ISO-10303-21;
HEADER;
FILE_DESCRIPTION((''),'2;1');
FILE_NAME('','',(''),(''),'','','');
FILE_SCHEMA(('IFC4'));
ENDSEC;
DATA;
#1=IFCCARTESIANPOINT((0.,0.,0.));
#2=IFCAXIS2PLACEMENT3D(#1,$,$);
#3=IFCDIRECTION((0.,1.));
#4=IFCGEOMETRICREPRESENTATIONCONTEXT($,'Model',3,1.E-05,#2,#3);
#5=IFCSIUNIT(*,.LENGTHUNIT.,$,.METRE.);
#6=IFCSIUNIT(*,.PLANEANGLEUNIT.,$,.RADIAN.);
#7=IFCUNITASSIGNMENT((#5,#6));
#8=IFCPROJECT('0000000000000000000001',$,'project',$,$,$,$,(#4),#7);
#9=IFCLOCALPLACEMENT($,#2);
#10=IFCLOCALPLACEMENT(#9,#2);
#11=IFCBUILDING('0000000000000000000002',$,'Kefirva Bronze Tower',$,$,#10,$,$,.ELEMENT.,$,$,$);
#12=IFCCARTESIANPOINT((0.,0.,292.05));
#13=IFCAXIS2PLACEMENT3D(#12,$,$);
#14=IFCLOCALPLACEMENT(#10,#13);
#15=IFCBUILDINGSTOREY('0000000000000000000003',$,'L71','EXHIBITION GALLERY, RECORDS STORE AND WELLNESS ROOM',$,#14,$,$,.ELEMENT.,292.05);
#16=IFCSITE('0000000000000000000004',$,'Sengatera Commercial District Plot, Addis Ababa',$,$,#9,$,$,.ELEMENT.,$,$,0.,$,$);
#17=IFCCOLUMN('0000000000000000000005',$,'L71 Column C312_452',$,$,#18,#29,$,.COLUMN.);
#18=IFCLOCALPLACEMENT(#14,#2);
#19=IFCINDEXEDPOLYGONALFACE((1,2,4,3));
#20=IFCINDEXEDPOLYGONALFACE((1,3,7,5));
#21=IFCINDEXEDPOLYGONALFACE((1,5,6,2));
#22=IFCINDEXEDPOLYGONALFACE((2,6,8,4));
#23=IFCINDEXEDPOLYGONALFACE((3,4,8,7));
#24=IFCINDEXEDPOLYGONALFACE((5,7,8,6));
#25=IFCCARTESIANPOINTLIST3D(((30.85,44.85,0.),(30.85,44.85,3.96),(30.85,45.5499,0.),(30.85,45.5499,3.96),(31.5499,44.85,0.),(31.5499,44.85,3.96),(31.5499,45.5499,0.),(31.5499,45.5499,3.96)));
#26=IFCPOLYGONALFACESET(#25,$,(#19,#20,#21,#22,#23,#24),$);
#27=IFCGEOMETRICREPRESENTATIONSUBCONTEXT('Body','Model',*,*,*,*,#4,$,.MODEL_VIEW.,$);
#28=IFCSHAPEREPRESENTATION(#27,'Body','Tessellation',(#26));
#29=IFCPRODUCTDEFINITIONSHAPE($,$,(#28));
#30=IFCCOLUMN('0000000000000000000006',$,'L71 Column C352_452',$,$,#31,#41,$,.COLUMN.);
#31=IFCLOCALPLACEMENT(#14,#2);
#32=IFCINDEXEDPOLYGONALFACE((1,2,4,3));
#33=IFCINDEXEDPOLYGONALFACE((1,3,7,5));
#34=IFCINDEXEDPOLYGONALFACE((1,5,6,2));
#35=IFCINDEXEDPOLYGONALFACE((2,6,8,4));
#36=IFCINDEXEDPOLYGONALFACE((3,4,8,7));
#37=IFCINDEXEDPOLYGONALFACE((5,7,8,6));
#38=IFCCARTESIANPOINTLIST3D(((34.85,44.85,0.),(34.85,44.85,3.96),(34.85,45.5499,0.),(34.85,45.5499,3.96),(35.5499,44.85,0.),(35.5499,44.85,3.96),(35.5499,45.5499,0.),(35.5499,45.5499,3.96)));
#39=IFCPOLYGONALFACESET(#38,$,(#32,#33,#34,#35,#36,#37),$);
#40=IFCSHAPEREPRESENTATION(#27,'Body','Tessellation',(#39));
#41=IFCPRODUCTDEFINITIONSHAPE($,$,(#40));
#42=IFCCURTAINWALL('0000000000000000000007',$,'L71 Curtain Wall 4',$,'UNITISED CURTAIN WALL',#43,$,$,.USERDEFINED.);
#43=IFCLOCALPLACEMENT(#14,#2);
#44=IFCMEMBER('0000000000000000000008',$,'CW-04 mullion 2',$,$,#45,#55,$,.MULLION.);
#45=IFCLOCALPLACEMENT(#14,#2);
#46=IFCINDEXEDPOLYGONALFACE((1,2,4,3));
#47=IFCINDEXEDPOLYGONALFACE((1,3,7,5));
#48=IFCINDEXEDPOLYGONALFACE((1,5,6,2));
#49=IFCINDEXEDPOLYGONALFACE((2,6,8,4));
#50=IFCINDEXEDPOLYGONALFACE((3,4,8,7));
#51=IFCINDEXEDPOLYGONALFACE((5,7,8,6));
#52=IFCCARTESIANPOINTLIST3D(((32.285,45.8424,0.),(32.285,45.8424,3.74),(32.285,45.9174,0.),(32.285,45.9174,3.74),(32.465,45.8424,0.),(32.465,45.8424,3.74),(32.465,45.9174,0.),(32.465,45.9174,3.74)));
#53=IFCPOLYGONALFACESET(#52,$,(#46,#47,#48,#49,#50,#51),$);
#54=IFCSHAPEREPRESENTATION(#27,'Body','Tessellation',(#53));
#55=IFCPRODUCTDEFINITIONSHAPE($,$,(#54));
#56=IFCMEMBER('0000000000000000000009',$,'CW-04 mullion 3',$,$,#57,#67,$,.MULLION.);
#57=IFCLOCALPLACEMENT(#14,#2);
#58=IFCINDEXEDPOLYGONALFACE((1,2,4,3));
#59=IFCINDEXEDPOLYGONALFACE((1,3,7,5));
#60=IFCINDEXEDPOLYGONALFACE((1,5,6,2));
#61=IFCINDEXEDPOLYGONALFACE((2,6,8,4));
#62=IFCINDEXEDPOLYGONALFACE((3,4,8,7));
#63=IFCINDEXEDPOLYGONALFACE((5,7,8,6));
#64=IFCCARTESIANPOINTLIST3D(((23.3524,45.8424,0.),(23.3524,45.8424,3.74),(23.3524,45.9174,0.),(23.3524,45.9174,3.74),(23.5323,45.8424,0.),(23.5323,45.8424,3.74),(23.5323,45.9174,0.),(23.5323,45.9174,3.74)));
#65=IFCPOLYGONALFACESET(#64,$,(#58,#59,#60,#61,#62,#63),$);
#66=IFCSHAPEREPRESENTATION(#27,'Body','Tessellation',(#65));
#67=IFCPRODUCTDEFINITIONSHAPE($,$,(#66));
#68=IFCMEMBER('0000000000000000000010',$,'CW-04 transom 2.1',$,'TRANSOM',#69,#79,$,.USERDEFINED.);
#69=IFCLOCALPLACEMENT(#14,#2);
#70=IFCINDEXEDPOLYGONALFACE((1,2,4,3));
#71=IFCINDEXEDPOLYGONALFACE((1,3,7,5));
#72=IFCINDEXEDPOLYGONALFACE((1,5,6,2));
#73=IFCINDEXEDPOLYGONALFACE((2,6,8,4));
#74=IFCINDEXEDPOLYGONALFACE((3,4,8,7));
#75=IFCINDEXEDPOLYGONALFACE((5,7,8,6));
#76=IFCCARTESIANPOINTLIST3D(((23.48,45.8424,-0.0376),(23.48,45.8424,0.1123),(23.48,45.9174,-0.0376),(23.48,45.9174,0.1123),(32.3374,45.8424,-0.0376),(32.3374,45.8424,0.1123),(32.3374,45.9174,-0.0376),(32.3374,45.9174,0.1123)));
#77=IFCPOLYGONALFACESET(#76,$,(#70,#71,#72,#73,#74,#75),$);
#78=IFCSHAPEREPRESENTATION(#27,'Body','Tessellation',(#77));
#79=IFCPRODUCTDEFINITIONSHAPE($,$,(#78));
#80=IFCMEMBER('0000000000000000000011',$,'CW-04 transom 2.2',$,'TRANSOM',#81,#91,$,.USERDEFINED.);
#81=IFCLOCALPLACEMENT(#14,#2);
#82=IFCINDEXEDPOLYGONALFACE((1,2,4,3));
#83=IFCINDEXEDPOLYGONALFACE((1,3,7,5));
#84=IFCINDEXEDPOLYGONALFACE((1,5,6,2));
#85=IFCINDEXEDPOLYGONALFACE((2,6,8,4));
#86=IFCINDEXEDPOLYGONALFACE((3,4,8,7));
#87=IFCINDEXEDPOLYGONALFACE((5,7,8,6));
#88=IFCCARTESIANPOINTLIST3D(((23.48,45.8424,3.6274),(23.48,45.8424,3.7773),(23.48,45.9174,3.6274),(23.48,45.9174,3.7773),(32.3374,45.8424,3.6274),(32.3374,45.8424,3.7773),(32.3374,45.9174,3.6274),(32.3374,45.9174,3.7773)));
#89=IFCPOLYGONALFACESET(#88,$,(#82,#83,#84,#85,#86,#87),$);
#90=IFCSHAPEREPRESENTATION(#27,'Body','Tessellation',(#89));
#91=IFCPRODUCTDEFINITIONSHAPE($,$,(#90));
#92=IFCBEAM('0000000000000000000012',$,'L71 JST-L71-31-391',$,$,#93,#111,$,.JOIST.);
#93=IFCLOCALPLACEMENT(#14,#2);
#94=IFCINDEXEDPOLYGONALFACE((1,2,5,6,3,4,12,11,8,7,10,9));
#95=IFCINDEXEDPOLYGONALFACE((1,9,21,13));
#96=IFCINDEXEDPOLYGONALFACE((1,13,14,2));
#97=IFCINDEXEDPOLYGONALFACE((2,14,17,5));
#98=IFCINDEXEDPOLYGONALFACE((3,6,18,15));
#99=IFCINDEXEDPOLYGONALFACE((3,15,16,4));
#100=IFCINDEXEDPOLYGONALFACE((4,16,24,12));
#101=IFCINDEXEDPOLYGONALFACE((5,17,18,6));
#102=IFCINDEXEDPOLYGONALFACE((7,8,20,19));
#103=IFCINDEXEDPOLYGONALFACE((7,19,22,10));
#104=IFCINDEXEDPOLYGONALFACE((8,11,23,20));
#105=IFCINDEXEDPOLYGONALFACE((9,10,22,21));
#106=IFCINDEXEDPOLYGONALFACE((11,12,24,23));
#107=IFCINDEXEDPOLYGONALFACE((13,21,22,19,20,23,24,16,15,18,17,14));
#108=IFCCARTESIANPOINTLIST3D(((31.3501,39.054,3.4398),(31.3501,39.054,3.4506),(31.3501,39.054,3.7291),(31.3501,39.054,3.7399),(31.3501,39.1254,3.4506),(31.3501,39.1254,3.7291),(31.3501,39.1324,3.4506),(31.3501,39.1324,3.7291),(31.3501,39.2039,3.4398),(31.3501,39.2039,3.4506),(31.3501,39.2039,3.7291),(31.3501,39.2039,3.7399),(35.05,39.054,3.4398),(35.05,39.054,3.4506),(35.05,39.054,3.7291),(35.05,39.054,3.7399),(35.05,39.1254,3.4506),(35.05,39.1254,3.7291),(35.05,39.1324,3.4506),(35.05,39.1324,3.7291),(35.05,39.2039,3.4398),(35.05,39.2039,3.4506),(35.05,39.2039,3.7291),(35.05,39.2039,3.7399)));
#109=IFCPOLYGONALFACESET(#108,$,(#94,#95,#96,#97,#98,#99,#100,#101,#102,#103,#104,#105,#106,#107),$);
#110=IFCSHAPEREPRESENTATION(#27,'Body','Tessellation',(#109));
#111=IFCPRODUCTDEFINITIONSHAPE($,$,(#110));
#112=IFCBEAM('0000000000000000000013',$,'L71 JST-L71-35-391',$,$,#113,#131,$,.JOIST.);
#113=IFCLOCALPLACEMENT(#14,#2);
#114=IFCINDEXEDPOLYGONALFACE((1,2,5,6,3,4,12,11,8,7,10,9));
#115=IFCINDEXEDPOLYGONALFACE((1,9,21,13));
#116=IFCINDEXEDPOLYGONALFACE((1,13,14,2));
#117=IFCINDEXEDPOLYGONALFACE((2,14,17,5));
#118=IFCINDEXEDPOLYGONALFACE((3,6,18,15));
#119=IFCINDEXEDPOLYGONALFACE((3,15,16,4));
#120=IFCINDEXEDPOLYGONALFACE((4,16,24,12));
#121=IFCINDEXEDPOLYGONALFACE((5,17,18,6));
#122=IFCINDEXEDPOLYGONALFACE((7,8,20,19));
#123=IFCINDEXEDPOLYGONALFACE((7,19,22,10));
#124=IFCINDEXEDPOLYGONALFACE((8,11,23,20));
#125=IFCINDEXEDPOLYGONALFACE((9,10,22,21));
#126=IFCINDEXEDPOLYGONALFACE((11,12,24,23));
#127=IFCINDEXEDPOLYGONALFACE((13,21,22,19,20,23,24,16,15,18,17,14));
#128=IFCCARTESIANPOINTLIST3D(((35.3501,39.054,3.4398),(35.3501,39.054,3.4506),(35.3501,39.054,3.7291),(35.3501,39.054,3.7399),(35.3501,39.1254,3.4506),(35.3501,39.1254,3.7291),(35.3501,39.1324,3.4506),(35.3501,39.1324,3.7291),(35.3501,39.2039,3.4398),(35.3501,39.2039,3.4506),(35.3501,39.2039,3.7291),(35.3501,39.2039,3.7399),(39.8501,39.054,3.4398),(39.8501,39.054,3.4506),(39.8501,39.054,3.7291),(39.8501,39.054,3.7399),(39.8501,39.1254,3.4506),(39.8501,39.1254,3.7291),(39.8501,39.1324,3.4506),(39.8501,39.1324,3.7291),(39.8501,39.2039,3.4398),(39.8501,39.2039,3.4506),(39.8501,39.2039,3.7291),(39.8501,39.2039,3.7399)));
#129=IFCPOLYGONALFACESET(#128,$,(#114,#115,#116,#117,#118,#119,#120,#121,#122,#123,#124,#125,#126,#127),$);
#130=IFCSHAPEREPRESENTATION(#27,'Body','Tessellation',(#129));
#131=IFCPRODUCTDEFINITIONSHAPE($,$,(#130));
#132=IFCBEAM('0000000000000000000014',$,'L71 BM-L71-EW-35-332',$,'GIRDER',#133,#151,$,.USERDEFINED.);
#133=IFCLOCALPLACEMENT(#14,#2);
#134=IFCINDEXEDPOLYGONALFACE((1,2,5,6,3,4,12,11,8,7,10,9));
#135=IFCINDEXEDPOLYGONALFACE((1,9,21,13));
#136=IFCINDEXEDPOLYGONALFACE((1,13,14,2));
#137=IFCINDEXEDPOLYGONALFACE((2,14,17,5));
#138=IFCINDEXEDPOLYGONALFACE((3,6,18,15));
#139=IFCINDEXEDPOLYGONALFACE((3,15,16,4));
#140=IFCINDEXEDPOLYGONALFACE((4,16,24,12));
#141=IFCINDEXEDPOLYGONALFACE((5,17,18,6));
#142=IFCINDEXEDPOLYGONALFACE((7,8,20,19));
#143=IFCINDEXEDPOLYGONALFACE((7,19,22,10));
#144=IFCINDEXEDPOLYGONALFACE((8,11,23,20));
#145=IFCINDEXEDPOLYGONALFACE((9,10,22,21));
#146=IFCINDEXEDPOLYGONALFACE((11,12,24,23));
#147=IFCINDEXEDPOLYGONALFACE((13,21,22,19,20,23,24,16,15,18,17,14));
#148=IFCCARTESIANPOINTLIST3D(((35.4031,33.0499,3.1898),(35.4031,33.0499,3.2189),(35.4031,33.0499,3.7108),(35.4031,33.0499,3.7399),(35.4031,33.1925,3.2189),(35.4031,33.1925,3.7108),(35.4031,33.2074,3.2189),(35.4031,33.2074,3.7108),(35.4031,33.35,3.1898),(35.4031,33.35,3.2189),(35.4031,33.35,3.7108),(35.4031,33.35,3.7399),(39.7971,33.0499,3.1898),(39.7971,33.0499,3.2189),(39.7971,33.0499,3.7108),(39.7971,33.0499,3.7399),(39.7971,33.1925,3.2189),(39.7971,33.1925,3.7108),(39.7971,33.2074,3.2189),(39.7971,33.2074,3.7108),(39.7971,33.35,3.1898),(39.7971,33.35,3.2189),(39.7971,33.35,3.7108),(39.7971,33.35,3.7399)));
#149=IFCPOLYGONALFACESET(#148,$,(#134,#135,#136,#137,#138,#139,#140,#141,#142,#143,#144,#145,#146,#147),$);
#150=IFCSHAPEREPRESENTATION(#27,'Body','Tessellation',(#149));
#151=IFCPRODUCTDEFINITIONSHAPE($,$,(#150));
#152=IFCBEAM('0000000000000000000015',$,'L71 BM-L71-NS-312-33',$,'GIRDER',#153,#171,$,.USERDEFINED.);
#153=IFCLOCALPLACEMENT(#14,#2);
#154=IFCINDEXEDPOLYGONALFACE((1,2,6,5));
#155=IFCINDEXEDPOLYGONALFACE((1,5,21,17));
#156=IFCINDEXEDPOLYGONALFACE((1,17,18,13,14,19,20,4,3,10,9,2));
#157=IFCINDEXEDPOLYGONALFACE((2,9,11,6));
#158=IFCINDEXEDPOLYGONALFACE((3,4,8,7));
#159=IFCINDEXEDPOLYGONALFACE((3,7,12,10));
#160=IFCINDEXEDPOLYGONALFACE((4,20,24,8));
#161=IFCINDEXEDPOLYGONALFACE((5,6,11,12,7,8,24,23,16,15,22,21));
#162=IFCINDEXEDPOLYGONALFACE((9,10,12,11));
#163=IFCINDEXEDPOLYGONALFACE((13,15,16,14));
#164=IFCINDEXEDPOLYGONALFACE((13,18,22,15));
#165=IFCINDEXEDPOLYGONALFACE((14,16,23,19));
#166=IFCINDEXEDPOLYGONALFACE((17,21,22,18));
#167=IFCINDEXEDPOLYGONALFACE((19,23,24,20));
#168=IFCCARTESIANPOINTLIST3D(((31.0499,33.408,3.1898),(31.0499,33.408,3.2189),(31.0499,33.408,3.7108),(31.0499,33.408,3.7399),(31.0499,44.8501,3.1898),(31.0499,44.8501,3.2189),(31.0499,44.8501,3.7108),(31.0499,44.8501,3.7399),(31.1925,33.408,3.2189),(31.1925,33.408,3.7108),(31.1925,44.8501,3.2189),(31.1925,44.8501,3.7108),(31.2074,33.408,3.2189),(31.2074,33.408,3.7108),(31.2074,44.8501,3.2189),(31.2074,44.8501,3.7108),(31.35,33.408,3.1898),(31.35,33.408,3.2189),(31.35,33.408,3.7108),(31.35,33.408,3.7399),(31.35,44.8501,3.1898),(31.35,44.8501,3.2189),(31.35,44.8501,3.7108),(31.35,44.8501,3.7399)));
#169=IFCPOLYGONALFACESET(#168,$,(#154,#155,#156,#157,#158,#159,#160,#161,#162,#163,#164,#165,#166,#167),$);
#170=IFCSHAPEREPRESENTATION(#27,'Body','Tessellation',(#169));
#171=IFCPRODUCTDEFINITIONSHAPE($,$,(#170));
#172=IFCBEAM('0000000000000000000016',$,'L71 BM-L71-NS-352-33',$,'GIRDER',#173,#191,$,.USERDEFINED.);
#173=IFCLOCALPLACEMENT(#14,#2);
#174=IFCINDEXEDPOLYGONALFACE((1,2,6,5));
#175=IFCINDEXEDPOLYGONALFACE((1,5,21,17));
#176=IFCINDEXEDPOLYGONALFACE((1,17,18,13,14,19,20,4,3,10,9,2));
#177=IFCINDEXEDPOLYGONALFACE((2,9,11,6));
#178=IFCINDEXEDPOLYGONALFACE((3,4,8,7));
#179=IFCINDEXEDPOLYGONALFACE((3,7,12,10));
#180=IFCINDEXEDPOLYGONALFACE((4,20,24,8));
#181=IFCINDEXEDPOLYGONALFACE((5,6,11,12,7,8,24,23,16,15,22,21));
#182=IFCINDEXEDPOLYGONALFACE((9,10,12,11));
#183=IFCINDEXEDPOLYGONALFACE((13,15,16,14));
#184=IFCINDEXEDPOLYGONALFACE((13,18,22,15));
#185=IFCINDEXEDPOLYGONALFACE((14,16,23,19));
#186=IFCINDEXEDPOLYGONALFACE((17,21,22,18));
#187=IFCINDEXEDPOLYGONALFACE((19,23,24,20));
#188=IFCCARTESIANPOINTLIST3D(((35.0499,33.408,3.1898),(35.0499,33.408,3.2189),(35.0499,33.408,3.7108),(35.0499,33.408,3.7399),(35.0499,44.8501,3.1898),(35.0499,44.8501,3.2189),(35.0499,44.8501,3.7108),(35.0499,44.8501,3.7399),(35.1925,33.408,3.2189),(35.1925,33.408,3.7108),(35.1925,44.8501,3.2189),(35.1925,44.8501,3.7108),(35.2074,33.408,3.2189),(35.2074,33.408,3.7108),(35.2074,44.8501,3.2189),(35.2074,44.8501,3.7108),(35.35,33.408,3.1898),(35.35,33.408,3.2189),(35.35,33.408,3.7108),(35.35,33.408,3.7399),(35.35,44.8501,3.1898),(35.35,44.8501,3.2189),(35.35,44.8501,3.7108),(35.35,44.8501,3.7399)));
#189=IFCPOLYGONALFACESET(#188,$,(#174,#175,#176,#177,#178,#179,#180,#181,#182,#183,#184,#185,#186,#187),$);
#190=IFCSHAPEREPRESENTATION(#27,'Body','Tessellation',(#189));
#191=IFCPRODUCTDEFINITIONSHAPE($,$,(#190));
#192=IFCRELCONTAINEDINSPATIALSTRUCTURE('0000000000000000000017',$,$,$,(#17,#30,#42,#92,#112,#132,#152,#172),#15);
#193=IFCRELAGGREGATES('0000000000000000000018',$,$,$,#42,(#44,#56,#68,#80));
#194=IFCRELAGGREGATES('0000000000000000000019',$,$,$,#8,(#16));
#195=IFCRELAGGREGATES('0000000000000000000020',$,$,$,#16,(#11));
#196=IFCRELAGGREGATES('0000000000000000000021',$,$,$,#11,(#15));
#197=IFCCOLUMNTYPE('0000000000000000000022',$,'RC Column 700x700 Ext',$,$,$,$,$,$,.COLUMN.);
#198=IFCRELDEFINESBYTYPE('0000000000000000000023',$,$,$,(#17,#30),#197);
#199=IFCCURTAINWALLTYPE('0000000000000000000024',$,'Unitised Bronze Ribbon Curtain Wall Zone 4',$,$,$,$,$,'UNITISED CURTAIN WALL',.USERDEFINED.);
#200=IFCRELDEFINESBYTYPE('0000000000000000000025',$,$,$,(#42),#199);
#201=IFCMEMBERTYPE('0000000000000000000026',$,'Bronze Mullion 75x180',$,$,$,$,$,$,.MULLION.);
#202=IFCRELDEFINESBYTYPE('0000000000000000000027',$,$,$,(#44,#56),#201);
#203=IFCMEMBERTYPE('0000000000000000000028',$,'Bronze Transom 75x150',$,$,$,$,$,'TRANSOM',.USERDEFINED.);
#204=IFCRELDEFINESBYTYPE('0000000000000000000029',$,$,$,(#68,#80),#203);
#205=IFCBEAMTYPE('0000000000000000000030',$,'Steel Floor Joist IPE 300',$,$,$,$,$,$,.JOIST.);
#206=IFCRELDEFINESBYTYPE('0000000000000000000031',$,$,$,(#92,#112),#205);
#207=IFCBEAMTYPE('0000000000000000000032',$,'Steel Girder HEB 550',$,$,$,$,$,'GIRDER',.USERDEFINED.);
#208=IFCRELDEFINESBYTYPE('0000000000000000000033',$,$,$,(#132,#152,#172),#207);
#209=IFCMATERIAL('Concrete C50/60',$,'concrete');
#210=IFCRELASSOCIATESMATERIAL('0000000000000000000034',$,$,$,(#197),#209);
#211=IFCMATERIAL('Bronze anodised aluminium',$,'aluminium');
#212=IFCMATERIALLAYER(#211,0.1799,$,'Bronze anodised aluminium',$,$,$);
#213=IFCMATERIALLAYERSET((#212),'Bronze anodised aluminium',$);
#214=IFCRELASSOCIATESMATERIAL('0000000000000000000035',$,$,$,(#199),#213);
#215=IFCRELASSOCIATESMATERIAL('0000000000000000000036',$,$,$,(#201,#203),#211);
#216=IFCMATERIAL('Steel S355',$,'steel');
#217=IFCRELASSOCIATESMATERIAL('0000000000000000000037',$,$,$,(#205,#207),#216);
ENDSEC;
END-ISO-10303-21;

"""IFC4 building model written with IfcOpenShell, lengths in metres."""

from ifc_helpers import new_model, si_unit, direction, frame, origin, origin_2d, place, context, subcontext, project, spatial, rectangle, i_section, extrude, material, layer, layer_set, material_profile, profile_set, type_object, element, aggregate, save


model = new_model("IFC4")

# Units and contexts
model_context = context("Model", 3, precision=1e-05, world=origin(), true_north=direction((0.0, 1.0)))
body_context = subcontext(model_context, "Body", "Model", "MODEL_VIEW")
ifc_project = project(units=[si_unit("LENGTHUNIT", "METRE"), si_unit("PLANEANGLEUNIT", "RADIAN")], contexts=[model_context])

# Site, building, storey
site_placement = place(None, origin())
site = spatial("IfcSite", under=ifc_project, at=site_placement, Name="Sengatera Commercial District Plot, Addis Ababa", CompositionType="ELEMENT", RefElevation=0.0)
building_placement = place(site_placement, origin())
building = spatial("IfcBuilding", under=site, at=building_placement, Name="Kefirva Bronze Tower", CompositionType="ELEMENT")
storey_placement = place(building_placement, frame((0.0, 0.0, 292.05)))
storey = spatial("IfcBuildingStorey", under=building, at=storey_placement, Name="L71", Description="EXHIBITION GALLERY, RECORDS STORE AND WELLNESS ROOM", CompositionType="ELEMENT", Elevation=292.05)

# Columns
ifc_material_1 = material(Name="Concrete C50/60", Category="concrete")
ifc_material_profile_1 = material_profile(ifc_material_1, rectangle(XDim=0.7, YDim=0.7, at=origin_2d()), Name="RC 700x700")
ifc_profile_set_1 = profile_set([ifc_material_profile_1], Name="Concrete C50/60")
column_type = type_object("IfcColumnType", Name="RC Column 700x700 Ext", PredefinedType="COLUMN", material=ifc_profile_set_1)
for number, where, z_axis, x_axis, name in (
    (1, (31.2, 45.2, 0.0), (0.0, 0.0, 1.0), (1.0, 0.0, 0.0), "L71 Column C312_452"),
    (2, (35.2, 45.2, 0.0), (0.0, 0.0, 1.0), (1.0, 0.0, 0.0), "L71 Column C352_452"),
):
    element("IfcColumn", number, at=place(storey_placement, frame(where, z_axis=z_axis, x_axis=x_axis)), inside=storey, type_object=column_type, Name=name, PredefinedType="COLUMN", context=body_context, shape_type="SweptSolid", body=[
        extrude(rectangle(XDim=0.7, YDim=0.7, at=origin_2d()), origin(), (0.0, 0.0, 1.0), 3.96),
    ])

# Curtain wall, members
ifc_material_2 = material(Name="Bronze anodised aluminium", Category="aluminium")
ifc_layer_1 = layer(ifc_material_2, 0.1799, Name="Bronze anodised aluminium")
ifc_layer_set_1 = layer_set([ifc_layer_1], Name="Bronze anodised aluminium")
curtain_wall_type = type_object("IfcCurtainWallType", Name="Unitised Bronze Ribbon Curtain Wall Zone 4", ElementType="UNITISED CURTAIN WALL", PredefinedType="USERDEFINED", material=ifc_layer_set_1)
curtain_wall_placement = place(storey_placement, origin())
curtain_wall = element("IfcCurtainWall", 3, at=curtain_wall_placement, inside=storey, type_object=curtain_wall_type, Name="L71 Curtain Wall 4", ObjectType="UNITISED CURTAIN WALL", PredefinedType="USERDEFINED")
ifc_material_profile_2 = material_profile(ifc_material_2, rectangle(XDim=0.075, YDim=0.1799, at=origin_2d()), Name="ALU 75x180")
ifc_profile_set_2 = profile_set([ifc_material_profile_2], Name="Bronze anodised aluminium")
member_type_1 = type_object("IfcMemberType", Name="Bronze Mullion 75x180", PredefinedType="MULLION", material=ifc_profile_set_2)
member_1_placement = place(storey_placement, frame((32.375, 45.8799, 0.0), z_axis=(0.0, 0.0, 1.0), x_axis=(0.0, -1.0, 0.0)))
member_1 = element("IfcMember", 4, at=member_1_placement, type_object=member_type_1, Name="CW-04 mullion 2", PredefinedType="MULLION", context=body_context, shape_type="SweptSolid", body=[
    extrude(rectangle(XDim=0.075, YDim=0.1799, at=origin_2d()), origin(), (0.0, 0.0, 1.0), 3.74),
])
member_2_placement = place(storey_placement, frame((23.4424, 45.8799, 0.0), z_axis=(0.0, 0.0, 1.0), x_axis=(0.0, -1.0, 0.0)))
member_2 = element("IfcMember", 5, at=member_2_placement, type_object=member_type_1, Name="CW-04 mullion 3", PredefinedType="MULLION", context=body_context, shape_type="SweptSolid", body=[
    extrude(rectangle(XDim=0.075, YDim=0.1799, at=origin_2d()), origin(), (0.0, 0.0, 1.0), 3.74),
])
ifc_material_profile_3 = material_profile(ifc_material_2, rectangle(XDim=0.075, YDim=0.1499, at=origin_2d()), Name="ALU 75x150")
ifc_profile_set_3 = profile_set([ifc_material_profile_3], Name="Bronze anodised aluminium")
member_type_2 = type_object("IfcMemberType", Name="Bronze Transom 75x150", ElementType="TRANSOM", PredefinedType="USERDEFINED", material=ifc_profile_set_3)
member_3_placement = place(storey_placement, frame((32.3374, 45.8799, 0.0374), z_axis=(-1.0, 0.0, 0.0), x_axis=(0.0, -1.0, 0.0)))
member_3 = element("IfcMember", 6, at=member_3_placement, type_object=member_type_2, Name="CW-04 transom 2.1", ObjectType="TRANSOM", PredefinedType="USERDEFINED", context=body_context, shape_type="SweptSolid", body=[
    extrude(rectangle(XDim=0.075, YDim=0.1499, at=origin_2d()), origin(), (0.0, 0.0, 1.0), 8.8574),
])
member_4_placement = place(storey_placement, frame((32.3374, 45.8799, 3.7024), z_axis=(-1.0, 0.0, 0.0), x_axis=(0.0, -1.0, 0.0)))
member_4 = element("IfcMember", 7, at=member_4_placement, type_object=member_type_2, Name="CW-04 transom 2.2", ObjectType="TRANSOM", PredefinedType="USERDEFINED", context=body_context, shape_type="SweptSolid", body=[
    extrude(rectangle(XDim=0.075, YDim=0.1499, at=origin_2d()), origin(), (0.0, 0.0, 1.0), 8.8574),
])

# Beams
ifc_material_3 = material(Name="Steel S355", Category="steel")
ifc_material_profile_4 = material_profile(ifc_material_3, i_section(OverallWidth=0.1499, OverallDepth=0.3, WebThickness=0.0071, FlangeThickness=0.0107, at=origin_2d()), Name="IPE 300")
ifc_profile_set_4 = profile_set([ifc_material_profile_4], Name="Steel S355")
beam_type_1 = type_object("IfcBeamType", Name="Steel Floor Joist IPE 300", PredefinedType="JOIST", material=ifc_profile_set_4)
beam_1_placement = place(storey_placement, frame((31.3501, 39.1289, 3.5898), z_axis=(1.0, 0.0, 0.0), x_axis=(0.0, 1.0, 0.0)))
element("IfcBeam", 8, at=beam_1_placement, inside=storey, type_object=beam_type_1, Name="L71 JST-L71-31-391", PredefinedType="JOIST", context=body_context, shape_type="SweptSolid", body=[
    extrude(i_section(OverallWidth=0.1499, OverallDepth=0.3, WebThickness=0.0071, FlangeThickness=0.0107, at=origin_2d()), origin(), (0.0, 0.0, 1.0), 3.7),
])
beam_2_placement = place(storey_placement, frame((35.3501, 39.1289, 3.5898), z_axis=(1.0, 0.0, 0.0), x_axis=(0.0, 1.0, 0.0)))
element("IfcBeam", 9, at=beam_2_placement, inside=storey, type_object=beam_type_1, Name="L71 JST-L71-35-391", PredefinedType="JOIST", context=body_context, shape_type="SweptSolid", body=[
    extrude(i_section(OverallWidth=0.1499, OverallDepth=0.3, WebThickness=0.0071, FlangeThickness=0.0107, at=origin_2d()), origin(), (0.0, 0.0, 1.0), 4.5),
])
ifc_material_profile_5 = material_profile(ifc_material_3, i_section(OverallWidth=0.3, OverallDepth=0.55, WebThickness=0.0149, FlangeThickness=0.0291, at=origin_2d()), Name="HEB 550")
ifc_profile_set_5 = profile_set([ifc_material_profile_5], Name="Steel S355")
beam_type_2 = type_object("IfcBeamType", Name="Steel Girder HEB 550", ElementType="GIRDER", PredefinedType="USERDEFINED", material=ifc_profile_set_5)
beam_3_placement = place(storey_placement, frame((35.4031, 33.2, 3.4648), z_axis=(1.0, 0.0, 0.0), x_axis=(0.0, 1.0, 0.0)))
element("IfcBeam", 10, at=beam_3_placement, inside=storey, type_object=beam_type_2, Name="L71 BM-L71-EW-35-332", ObjectType="GIRDER", PredefinedType="USERDEFINED", context=body_context, shape_type="SweptSolid", body=[
    extrude(i_section(OverallWidth=0.3, OverallDepth=0.55, WebThickness=0.0149, FlangeThickness=0.0291, at=origin_2d()), origin(), (0.0, 0.0, 1.0), 4.394),
])
for number, where, z_axis, x_axis, name in (
    (11, (31.2, 33.408, 3.4648), (0.0, 1.0, 0.0), (-1.0, 0.0, 0.0), "L71 BM-L71-NS-312-33"),
    (12, (35.2, 33.408, 3.4648), (0.0, 1.0, 0.0), (-1.0, 0.0, 0.0), "L71 BM-L71-NS-352-33"),
):
    element("IfcBeam", number, at=place(storey_placement, frame(where, z_axis=z_axis, x_axis=x_axis)), inside=storey, type_object=beam_type_2, Name=name, ObjectType="GIRDER", PredefinedType="USERDEFINED", context=body_context, shape_type="SweptSolid", body=[
        extrude(i_section(OverallWidth=0.3, OverallDepth=0.55, WebThickness=0.0149, FlangeThickness=0.0291, at=origin_2d()), origin(), (0.0, 0.0, 1.0), 11.4421),
    ])

aggregate(curtain_wall, [member_1, member_2, member_3, member_4])

save(model, "model.ifc")
